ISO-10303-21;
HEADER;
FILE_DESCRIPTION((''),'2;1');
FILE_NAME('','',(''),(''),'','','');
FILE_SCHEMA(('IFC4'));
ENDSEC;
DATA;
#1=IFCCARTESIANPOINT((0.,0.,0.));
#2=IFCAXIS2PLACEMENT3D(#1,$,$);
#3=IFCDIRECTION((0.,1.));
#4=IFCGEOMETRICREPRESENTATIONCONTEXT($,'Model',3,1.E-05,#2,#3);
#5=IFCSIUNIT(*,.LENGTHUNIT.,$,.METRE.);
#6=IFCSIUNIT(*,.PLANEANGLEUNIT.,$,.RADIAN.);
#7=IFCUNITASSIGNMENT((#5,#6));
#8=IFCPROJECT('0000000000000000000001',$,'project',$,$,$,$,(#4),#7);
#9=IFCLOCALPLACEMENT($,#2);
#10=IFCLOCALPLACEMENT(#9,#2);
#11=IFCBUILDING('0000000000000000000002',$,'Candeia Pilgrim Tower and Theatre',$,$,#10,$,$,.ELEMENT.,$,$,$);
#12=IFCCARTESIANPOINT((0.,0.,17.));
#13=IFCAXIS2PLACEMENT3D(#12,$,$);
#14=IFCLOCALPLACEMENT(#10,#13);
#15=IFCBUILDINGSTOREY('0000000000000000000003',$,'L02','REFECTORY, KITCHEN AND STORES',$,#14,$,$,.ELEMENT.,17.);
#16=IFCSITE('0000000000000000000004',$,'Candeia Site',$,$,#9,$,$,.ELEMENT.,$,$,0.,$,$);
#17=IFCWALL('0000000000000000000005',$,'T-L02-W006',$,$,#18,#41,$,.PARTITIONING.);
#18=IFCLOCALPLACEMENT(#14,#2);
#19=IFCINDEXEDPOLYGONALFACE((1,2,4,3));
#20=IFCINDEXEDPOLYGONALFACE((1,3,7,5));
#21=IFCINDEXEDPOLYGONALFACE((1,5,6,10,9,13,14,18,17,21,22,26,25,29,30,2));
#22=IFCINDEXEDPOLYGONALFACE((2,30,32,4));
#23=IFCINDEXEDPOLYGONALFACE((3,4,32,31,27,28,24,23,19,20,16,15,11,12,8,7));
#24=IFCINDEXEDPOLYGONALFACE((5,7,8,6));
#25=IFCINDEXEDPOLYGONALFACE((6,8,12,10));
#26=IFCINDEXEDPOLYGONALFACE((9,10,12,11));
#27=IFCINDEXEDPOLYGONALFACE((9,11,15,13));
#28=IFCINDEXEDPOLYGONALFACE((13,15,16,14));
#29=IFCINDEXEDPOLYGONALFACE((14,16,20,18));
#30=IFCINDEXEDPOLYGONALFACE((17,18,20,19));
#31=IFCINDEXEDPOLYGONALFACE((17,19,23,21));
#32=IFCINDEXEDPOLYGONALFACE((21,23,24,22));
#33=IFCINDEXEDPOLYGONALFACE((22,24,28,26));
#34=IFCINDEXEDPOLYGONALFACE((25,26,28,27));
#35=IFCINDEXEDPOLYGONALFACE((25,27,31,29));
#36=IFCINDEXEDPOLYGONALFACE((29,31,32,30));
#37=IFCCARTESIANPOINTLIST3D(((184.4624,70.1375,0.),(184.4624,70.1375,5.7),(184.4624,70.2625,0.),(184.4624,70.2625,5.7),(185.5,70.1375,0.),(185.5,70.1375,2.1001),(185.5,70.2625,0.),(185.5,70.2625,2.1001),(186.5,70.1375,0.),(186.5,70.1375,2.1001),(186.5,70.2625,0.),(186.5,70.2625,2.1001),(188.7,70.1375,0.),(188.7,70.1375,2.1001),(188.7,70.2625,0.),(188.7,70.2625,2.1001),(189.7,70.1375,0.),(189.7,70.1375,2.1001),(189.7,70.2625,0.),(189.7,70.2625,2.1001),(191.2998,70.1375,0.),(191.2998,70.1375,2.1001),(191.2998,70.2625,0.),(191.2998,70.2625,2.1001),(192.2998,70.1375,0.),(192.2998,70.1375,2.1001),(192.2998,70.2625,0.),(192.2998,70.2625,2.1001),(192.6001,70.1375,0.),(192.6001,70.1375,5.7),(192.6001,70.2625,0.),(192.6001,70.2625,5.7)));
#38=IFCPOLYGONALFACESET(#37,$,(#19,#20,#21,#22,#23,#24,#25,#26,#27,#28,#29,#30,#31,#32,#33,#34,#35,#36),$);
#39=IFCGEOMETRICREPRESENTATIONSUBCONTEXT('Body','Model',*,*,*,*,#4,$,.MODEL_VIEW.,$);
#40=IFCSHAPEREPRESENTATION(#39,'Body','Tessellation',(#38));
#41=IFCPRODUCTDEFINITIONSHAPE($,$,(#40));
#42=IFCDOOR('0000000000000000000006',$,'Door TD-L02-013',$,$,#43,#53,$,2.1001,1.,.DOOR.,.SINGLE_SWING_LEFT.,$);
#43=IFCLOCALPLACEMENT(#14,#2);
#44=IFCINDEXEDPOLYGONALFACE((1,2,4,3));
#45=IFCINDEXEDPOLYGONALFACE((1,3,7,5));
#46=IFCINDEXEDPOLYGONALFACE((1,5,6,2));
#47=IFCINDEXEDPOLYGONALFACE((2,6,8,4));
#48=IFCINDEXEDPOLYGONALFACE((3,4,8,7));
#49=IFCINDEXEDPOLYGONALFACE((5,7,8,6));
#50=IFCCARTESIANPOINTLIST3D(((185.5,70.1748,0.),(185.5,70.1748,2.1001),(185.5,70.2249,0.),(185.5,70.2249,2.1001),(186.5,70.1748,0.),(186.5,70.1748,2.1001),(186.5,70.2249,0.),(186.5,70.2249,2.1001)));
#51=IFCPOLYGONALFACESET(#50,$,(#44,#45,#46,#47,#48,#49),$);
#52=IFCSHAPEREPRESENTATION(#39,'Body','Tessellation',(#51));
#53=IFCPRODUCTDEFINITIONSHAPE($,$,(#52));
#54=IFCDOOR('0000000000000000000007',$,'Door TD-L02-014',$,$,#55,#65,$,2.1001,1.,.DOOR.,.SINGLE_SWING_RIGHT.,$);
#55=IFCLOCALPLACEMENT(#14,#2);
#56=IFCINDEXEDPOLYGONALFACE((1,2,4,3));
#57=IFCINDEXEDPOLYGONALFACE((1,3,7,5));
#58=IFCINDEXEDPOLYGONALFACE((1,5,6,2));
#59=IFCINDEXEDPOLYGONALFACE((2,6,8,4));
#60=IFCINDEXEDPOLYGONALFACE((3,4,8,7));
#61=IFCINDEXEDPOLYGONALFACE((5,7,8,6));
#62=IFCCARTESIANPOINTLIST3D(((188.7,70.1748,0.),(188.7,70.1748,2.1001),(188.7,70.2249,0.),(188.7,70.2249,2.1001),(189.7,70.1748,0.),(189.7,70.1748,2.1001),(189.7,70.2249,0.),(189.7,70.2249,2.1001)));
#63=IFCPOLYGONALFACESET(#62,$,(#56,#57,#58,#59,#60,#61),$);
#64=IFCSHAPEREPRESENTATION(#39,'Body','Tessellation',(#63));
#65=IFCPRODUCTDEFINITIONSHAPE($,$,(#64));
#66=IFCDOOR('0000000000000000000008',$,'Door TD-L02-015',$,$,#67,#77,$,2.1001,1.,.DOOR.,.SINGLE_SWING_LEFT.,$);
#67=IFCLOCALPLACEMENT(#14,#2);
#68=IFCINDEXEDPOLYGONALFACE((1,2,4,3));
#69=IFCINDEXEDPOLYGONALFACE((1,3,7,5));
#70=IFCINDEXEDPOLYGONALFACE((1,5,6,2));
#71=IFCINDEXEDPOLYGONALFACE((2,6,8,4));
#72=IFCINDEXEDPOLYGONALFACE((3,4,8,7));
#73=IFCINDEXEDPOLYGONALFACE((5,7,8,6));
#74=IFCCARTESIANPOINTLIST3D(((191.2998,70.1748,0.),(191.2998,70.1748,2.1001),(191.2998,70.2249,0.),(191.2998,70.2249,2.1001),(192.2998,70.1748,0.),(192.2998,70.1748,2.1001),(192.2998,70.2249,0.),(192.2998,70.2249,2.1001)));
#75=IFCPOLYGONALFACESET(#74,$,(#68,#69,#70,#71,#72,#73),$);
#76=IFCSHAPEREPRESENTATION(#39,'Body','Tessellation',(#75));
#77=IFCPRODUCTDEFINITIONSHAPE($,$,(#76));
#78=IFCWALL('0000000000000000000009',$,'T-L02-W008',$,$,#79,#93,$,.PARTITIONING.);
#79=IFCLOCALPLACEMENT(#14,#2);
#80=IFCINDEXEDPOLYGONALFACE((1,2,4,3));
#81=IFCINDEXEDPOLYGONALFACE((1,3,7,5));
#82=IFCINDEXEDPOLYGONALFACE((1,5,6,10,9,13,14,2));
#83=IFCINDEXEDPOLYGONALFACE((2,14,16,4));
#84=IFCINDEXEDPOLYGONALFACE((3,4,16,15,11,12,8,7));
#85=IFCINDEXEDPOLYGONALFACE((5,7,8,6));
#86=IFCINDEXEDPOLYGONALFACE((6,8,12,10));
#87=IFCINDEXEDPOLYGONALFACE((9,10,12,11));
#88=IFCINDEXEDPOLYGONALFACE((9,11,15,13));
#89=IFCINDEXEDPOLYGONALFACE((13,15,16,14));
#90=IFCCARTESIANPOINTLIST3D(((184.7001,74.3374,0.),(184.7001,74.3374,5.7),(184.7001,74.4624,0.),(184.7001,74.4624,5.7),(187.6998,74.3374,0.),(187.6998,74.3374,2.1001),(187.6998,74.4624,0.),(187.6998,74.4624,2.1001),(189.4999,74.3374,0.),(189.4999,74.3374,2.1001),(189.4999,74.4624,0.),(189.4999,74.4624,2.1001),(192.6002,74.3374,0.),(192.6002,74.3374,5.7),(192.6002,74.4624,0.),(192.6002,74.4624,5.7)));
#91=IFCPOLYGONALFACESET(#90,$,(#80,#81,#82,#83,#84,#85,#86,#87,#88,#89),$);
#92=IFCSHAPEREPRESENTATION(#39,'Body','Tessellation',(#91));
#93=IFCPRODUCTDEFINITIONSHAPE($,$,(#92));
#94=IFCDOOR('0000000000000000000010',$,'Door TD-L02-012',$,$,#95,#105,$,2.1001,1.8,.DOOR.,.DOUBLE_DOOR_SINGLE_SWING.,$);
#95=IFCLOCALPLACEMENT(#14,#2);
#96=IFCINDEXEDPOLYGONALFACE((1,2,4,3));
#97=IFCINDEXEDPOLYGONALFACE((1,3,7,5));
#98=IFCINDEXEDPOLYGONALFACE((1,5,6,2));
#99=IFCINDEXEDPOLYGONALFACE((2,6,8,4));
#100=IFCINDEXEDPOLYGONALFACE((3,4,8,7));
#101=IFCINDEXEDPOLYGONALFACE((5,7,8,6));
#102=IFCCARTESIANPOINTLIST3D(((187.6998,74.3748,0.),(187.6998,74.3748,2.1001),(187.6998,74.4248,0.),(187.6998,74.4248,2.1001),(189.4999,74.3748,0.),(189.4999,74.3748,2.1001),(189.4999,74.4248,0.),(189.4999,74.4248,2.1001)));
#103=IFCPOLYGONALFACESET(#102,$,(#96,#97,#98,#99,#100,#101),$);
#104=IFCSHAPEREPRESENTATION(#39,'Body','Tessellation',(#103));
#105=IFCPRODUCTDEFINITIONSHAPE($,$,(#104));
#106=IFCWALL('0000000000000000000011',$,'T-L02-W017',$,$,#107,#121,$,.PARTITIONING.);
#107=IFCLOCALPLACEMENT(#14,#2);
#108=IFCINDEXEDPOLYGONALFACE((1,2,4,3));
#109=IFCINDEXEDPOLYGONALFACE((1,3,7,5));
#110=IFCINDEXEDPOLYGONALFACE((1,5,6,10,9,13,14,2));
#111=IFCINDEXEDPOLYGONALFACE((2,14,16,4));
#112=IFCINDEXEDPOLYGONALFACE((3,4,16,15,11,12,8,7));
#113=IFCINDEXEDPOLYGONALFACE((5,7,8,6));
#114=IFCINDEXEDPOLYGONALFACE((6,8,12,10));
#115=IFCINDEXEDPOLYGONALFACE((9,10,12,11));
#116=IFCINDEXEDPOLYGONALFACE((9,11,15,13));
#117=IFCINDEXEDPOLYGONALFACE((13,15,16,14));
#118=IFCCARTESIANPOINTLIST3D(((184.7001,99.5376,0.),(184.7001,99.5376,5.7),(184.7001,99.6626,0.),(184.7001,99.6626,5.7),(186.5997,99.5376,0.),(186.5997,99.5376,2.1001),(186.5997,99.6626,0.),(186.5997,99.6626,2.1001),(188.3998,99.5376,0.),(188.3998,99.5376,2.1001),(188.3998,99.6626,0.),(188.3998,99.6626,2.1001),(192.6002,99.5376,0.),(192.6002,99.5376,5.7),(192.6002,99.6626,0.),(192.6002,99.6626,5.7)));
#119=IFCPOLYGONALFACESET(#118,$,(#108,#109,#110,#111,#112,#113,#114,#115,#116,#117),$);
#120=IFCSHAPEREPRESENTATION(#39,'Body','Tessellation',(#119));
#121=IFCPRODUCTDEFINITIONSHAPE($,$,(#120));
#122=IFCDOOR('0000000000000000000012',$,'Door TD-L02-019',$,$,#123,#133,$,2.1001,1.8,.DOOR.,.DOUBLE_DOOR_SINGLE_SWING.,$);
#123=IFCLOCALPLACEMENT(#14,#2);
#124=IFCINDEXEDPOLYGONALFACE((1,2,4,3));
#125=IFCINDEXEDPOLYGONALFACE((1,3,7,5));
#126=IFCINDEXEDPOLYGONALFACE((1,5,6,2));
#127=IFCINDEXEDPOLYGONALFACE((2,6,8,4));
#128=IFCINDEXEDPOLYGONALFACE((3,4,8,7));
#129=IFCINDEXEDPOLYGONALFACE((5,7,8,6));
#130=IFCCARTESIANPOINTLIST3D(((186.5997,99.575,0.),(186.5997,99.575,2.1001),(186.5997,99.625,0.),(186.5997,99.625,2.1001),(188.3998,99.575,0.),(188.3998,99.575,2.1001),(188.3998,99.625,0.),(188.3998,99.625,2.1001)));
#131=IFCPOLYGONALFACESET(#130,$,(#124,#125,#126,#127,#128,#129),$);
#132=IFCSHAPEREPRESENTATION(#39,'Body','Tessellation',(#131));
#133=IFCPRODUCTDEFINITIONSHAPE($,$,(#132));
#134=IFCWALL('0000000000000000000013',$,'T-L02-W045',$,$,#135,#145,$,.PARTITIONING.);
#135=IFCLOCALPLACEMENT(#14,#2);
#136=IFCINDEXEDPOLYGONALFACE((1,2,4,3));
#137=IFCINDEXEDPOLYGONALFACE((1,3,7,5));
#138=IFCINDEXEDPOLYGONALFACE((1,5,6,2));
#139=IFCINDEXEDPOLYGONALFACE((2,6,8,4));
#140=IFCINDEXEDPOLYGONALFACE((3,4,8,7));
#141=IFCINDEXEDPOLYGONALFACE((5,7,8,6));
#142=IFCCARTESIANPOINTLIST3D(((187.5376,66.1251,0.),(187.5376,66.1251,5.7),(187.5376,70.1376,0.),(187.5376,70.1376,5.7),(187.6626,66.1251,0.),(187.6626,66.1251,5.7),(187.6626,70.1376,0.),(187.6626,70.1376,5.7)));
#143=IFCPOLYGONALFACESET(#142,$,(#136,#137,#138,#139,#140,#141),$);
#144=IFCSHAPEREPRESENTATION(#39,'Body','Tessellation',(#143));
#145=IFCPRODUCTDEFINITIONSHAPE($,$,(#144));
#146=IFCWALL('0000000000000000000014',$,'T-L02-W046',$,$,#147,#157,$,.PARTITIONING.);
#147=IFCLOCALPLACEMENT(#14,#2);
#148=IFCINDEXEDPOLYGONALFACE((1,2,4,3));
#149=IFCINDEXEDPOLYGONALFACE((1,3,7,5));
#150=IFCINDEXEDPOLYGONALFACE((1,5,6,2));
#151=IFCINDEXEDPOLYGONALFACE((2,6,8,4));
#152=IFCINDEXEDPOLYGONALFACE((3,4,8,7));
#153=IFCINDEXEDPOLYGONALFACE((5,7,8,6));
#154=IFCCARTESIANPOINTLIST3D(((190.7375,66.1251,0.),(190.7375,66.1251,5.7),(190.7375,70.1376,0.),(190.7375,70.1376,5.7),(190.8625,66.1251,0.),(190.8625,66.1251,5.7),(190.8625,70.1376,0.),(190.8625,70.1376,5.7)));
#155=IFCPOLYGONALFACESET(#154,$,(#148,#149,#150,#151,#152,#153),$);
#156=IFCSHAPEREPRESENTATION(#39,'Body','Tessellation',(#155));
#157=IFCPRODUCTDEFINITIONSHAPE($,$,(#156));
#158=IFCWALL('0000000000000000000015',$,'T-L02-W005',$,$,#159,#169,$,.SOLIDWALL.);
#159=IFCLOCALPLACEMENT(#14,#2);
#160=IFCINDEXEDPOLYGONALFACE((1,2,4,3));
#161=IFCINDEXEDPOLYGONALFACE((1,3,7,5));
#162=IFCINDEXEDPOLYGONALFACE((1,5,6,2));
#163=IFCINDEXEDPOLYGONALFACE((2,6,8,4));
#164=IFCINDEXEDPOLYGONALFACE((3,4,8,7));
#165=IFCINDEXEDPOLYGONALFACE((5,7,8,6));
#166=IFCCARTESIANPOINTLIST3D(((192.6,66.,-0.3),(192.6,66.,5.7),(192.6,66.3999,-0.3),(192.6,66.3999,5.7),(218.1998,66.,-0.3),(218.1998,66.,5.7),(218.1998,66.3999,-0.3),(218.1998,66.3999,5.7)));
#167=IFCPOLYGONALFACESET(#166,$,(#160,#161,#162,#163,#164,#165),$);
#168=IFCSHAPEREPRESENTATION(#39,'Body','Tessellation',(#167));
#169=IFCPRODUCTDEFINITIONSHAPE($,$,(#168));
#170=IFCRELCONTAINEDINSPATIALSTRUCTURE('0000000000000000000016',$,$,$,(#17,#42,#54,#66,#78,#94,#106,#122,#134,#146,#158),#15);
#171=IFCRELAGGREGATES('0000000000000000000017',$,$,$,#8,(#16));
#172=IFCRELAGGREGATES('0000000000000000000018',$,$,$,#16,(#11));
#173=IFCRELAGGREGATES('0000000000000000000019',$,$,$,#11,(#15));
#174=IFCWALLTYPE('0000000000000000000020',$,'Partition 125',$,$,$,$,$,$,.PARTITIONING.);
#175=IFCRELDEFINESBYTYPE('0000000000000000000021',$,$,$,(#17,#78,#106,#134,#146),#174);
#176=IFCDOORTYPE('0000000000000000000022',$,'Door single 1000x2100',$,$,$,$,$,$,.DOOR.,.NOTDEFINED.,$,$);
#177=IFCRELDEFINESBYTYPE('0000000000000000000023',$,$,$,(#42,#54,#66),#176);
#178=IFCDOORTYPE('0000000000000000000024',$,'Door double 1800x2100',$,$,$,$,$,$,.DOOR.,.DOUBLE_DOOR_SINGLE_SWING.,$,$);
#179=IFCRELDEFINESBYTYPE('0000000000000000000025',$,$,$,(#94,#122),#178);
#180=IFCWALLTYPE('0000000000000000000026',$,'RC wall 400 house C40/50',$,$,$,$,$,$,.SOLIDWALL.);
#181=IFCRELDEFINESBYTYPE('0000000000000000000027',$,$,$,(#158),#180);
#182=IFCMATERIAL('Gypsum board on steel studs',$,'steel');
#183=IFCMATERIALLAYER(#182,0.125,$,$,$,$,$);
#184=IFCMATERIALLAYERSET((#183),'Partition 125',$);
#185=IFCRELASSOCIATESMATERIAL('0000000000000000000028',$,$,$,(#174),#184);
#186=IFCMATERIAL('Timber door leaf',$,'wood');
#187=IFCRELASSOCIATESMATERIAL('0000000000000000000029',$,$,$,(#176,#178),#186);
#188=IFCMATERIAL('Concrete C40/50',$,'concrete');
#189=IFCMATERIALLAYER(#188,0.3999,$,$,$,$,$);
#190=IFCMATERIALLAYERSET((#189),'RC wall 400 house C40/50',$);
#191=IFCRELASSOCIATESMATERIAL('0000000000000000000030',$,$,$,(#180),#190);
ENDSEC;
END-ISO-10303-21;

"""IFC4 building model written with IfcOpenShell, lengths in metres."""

from ifc_helpers import new_model, si_unit, direction, frame, frame_2d, origin, place, context, subcontext, project, spatial, rectangle, extrude, material, layer, layer_set, type_object, element, fill, save


model = new_model("IFC4")

# Units and contexts
model_context = context("Model", 3, precision=1e-05, world=origin(), true_north=direction((0.0, 1.0)))
body_context = subcontext(model_context, "Body", "Model", "MODEL_VIEW")
ifc_project = project(units=[si_unit("LENGTHUNIT", "METRE"), si_unit("PLANEANGLEUNIT", "RADIAN")], contexts=[model_context])

# Site, building, storey
site_placement = place(None, origin())
site = spatial("IfcSite", under=ifc_project, at=site_placement, Name="Candeia Site", CompositionType="ELEMENT", RefElevation=0.0)
building_placement = place(site_placement, origin())
building = spatial("IfcBuilding", under=site, at=building_placement, Name="Candeia Pilgrim Tower and Theatre", CompositionType="ELEMENT")
storey_placement = place(building_placement, frame((0.0, 0.0, 17.0)))
storey = spatial("IfcBuildingStorey", under=building, at=storey_placement, Name="L02", Description="REFECTORY, KITCHEN AND STORES", CompositionType="ELEMENT", Elevation=17.0)

# Shared definitions
ifc_material_1 = material(Name="Concrete C40/50", Category="concrete")

# Shared definitions
ifc_material_2 = material(Name="Gypsum board on steel studs", Category="steel")
ifc_layer_1 = layer(ifc_material_2, 0.125)
ifc_layer_set_1 = layer_set([ifc_layer_1], Name="Partition 125")
wall_type_1 = type_object("IfcWallType", Name="Partition 125", PredefinedType="PARTITIONING", material=ifc_layer_set_1)

# Wall, openings, doors
wall_1_placement = place(storey_placement, frame((184.4624, 70.2, 0.0), z_axis=(0.0, 0.0, 1.0), x_axis=(1.0, 0.0, 0.0)))
wall_1 = element("IfcWall", 1, at=wall_1_placement, inside=storey, type_object=wall_type_1, Name="T-L02-W006", PredefinedType="PARTITIONING", context=body_context, shape_type="SweptSolid", body=[
    extrude(rectangle(XDim=8.1377, YDim=0.125, at=frame_2d((4.0688, 0.0))), origin(), (0.0, 0.0, 1.0), 5.7),
])
opening_1_placement = place(wall_1_placement, frame((1.0376, 0.0, 0.0)))
opening_1 = element("IfcOpeningElement", 2, at=opening_1_placement, cuts=wall_1, PredefinedType="OPENING", context=body_context, shape_type="SweptSolid", body=[
    extrude(rectangle(XDim=1.0, YDim=2.1001, at=frame_2d((0.5, 1.05))), frame((0.0, 0.0725, 0.0), z_axis=(0.0, -1.0, 0.0), x_axis=(1.0, 0.0, 0.0)), (0.0, 0.0, 1.0), 0.145),
])
opening_2_placement = place(wall_1_placement, frame((4.2375, 0.0, 0.0)))
opening_2 = element("IfcOpeningElement", 3, at=opening_2_placement, cuts=wall_1, PredefinedType="OPENING", context=body_context, shape_type="SweptSolid", body=[
    extrude(rectangle(XDim=1.0, YDim=2.1001, at=frame_2d((0.5, 1.05))), frame((0.0, 0.0725, 0.0), z_axis=(0.0, -1.0, 0.0), x_axis=(1.0, 0.0, 0.0)), (0.0, 0.0, 1.0), 0.145),
])
opening_3_placement = place(wall_1_placement, frame((6.8374, 0.0, 0.0)))
opening_3 = element("IfcOpeningElement", 4, at=opening_3_placement, cuts=wall_1, PredefinedType="OPENING", context=body_context, shape_type="SweptSolid", body=[
    extrude(rectangle(XDim=1.0, YDim=2.1001, at=frame_2d((0.5, 1.05))), frame((0.0, 0.0725, 0.0), z_axis=(0.0, -1.0, 0.0), x_axis=(1.0, 0.0, 0.0)), (0.0, 0.0, 1.0), 0.145),
])
ifc_material_3 = material(Name="Timber door leaf", Category="wood")
door_type_1 = type_object("IfcDoorType", Name="Door single 1000x2100", OperationType="NOTDEFINED", PredefinedType="DOOR", material=ifc_material_3)
door_1_placement = place(opening_1_placement, origin())
door_1 = element("IfcDoor", 5, at=door_1_placement, inside=storey, type_object=door_type_1, Name="Door TD-L02-013", OperationType="SINGLE_SWING_LEFT", OverallHeight=2.1001, OverallWidth=1.0, PredefinedType="DOOR", context=body_context, shape_type="SweptSolid", body=[
    extrude(rectangle(XDim=1.0, YDim=2.1001, at=frame_2d((0.5, 1.05))), frame((0.0, 0.0249, 0.0), z_axis=(0.0, -1.0, 0.0), x_axis=(1.0, 0.0, 0.0)), (0.0, 0.0, 1.0), 0.05),
])
fill(opening_1, door_1)
door_2_placement = place(opening_2_placement, origin())
door_2 = element("IfcDoor", 6, at=door_2_placement, inside=storey, type_object=door_type_1, Name="Door TD-L02-014", OperationType="SINGLE_SWING_RIGHT", OverallHeight=2.1001, OverallWidth=1.0, PredefinedType="DOOR", context=body_context, shape_type="SweptSolid", body=[
    extrude(rectangle(XDim=1.0, YDim=2.1001, at=frame_2d((0.5, 1.05))), frame((0.0, 0.0249, 0.0), z_axis=(0.0, -1.0, 0.0), x_axis=(1.0, 0.0, 0.0)), (0.0, 0.0, 1.0), 0.05),
])
fill(opening_2, door_2)
door_3_placement = place(opening_3_placement, origin())
door_3 = element("IfcDoor", 7, at=door_3_placement, inside=storey, type_object=door_type_1, Name="Door TD-L02-015", OperationType="SINGLE_SWING_LEFT", OverallHeight=2.1001, OverallWidth=1.0, PredefinedType="DOOR", context=body_context, shape_type="SweptSolid", body=[
    extrude(rectangle(XDim=1.0, YDim=2.1001, at=frame_2d((0.5, 1.05))), frame((0.0, 0.0249, 0.0), z_axis=(0.0, -1.0, 0.0), x_axis=(1.0, 0.0, 0.0)), (0.0, 0.0, 1.0), 0.05),
])
fill(opening_3, door_3)

# Walls, openings, doors
wall_2_placement = place(storey_placement, frame((184.7, 74.3999, 0.0), z_axis=(0.0, 0.0, 1.0), x_axis=(1.0, 0.0, 0.0)))
wall_2 = element("IfcWall", 8, at=wall_2_placement, inside=storey, type_object=wall_type_1, Name="T-L02-W008", PredefinedType="PARTITIONING", context=body_context, shape_type="SweptSolid", body=[
    extrude(rectangle(XDim=7.9001, YDim=0.125, at=frame_2d((3.9502, 0.0))), origin(), (0.0, 0.0, 1.0), 5.7),
])
opening_4_placement = place(wall_2_placement, frame((3.0, 0.0, 0.0)))
opening_4 = element("IfcOpeningElement", 9, at=opening_4_placement, cuts=wall_2, PredefinedType="OPENING", context=body_context, shape_type="SweptSolid", body=[
    extrude(rectangle(XDim=1.8, YDim=2.1001, at=frame_2d((0.8999, 1.05))), frame((0.0, 0.0725, 0.0), z_axis=(0.0, -1.0, 0.0), x_axis=(1.0, 0.0, 0.0)), (0.0, 0.0, 1.0), 0.145),
])
door_type_2 = type_object("IfcDoorType", Name="Door double 1800x2100", OperationType="DOUBLE_DOOR_SINGLE_SWING", PredefinedType="DOOR", material=ifc_material_3)
door_4_placement = place(opening_4_placement, origin())
door_4 = element("IfcDoor", 10, at=door_4_placement, inside=storey, type_object=door_type_2, Name="Door TD-L02-012", OperationType="DOUBLE_DOOR_SINGLE_SWING", OverallHeight=2.1001, OverallWidth=1.8, PredefinedType="DOOR", context=body_context, shape_type="SweptSolid", body=[
    extrude(rectangle(XDim=1.8, YDim=2.1001, at=frame_2d((0.8999, 1.05))), frame((0.0, 0.0249, 0.0), z_axis=(0.0, -1.0, 0.0), x_axis=(1.0, 0.0, 0.0)), (0.0, 0.0, 1.0), 0.05),
])
fill(opening_4, door_4)
wall_3_placement = place(storey_placement, frame((184.7, 99.6001, 0.0), z_axis=(0.0, 0.0, 1.0), x_axis=(1.0, 0.0, 0.0)))
wall_3 = element("IfcWall", 11, at=wall_3_placement, inside=storey, type_object=wall_type_1, Name="T-L02-W017", PredefinedType="PARTITIONING", context=body_context, shape_type="SweptSolid", body=[
    extrude(rectangle(XDim=7.9001, YDim=0.125, at=frame_2d((3.9502, 0.0))), origin(), (0.0, 0.0, 1.0), 5.7),
])
opening_5_placement = place(wall_3_placement, frame((1.8999, 0.0, 0.0)))
opening_5 = element("IfcOpeningElement", 12, at=opening_5_placement, cuts=wall_3, PredefinedType="OPENING", context=body_context, shape_type="SweptSolid", body=[
    extrude(rectangle(XDim=1.8, YDim=2.1001, at=frame_2d((0.8999, 1.05))), frame((0.0, 0.0725, 0.0), z_axis=(0.0, -1.0, 0.0), x_axis=(1.0, 0.0, 0.0)), (0.0, 0.0, 1.0), 0.145),
])
door_5_placement = place(opening_5_placement, origin())
door_5 = element("IfcDoor", 13, at=door_5_placement, inside=storey, type_object=door_type_2, Name="Door TD-L02-019", OperationType="DOUBLE_DOOR_SINGLE_SWING", OverallHeight=2.1001, OverallWidth=1.8, PredefinedType="DOOR", context=body_context, shape_type="SweptSolid", body=[
    extrude(rectangle(XDim=1.8, YDim=2.1001, at=frame_2d((0.8999, 1.05))), frame((0.0, 0.0249, 0.0), z_axis=(0.0, -1.0, 0.0), x_axis=(1.0, 0.0, 0.0)), (0.0, 0.0, 1.0), 0.05),
])
fill(opening_5, door_5)

# Walls
for number, where, z_axis, x_axis, name in (
    (14, (187.6001, 66.125, 0.0), (0.0, 0.0, 1.0), (0.0, 1.0, 0.0), "T-L02-W045"),
    (15, (190.8, 66.125, 0.0), (0.0, 0.0, 1.0), (0.0, 1.0, 0.0), "T-L02-W046"),
):
    element("IfcWall", number, at=place(storey_placement, frame(where, z_axis=z_axis, x_axis=x_axis)), inside=storey, type_object=wall_type_1, Name=name, PredefinedType="PARTITIONING", context=body_context, shape_type="SweptSolid", body=[
        extrude(rectangle(XDim=4.0125, YDim=0.125, at=frame_2d((2.0063, 0.0))), origin(), (0.0, 0.0, 1.0), 5.7),
    ])
ifc_layer_2 = layer(ifc_material_1, 0.3999)
ifc_layer_set_2 = layer_set([ifc_layer_2], Name="RC wall 400 house C40/50")
wall_type_2 = type_object("IfcWallType", Name="RC wall 400 house C40/50", PredefinedType="SOLIDWALL", material=ifc_layer_set_2)
wall_4_placement = place(storey_placement, frame((192.6001, 66.2, -0.3), z_axis=(0.0, 0.0, 1.0), x_axis=(1.0, 0.0, 0.0)))
element("IfcWall", 16, at=wall_4_placement, inside=storey, type_object=wall_type_2, Name="T-L02-W005", PredefinedType="SOLIDWALL", context=body_context, shape_type="SweptSolid", body=[
    extrude(rectangle(XDim=25.5999, YDim=0.3999, at=frame_2d((12.7998, 0.0))), origin(), (0.0, 0.0, 1.0), 6.0),
])

save(model, "model.ifc")
